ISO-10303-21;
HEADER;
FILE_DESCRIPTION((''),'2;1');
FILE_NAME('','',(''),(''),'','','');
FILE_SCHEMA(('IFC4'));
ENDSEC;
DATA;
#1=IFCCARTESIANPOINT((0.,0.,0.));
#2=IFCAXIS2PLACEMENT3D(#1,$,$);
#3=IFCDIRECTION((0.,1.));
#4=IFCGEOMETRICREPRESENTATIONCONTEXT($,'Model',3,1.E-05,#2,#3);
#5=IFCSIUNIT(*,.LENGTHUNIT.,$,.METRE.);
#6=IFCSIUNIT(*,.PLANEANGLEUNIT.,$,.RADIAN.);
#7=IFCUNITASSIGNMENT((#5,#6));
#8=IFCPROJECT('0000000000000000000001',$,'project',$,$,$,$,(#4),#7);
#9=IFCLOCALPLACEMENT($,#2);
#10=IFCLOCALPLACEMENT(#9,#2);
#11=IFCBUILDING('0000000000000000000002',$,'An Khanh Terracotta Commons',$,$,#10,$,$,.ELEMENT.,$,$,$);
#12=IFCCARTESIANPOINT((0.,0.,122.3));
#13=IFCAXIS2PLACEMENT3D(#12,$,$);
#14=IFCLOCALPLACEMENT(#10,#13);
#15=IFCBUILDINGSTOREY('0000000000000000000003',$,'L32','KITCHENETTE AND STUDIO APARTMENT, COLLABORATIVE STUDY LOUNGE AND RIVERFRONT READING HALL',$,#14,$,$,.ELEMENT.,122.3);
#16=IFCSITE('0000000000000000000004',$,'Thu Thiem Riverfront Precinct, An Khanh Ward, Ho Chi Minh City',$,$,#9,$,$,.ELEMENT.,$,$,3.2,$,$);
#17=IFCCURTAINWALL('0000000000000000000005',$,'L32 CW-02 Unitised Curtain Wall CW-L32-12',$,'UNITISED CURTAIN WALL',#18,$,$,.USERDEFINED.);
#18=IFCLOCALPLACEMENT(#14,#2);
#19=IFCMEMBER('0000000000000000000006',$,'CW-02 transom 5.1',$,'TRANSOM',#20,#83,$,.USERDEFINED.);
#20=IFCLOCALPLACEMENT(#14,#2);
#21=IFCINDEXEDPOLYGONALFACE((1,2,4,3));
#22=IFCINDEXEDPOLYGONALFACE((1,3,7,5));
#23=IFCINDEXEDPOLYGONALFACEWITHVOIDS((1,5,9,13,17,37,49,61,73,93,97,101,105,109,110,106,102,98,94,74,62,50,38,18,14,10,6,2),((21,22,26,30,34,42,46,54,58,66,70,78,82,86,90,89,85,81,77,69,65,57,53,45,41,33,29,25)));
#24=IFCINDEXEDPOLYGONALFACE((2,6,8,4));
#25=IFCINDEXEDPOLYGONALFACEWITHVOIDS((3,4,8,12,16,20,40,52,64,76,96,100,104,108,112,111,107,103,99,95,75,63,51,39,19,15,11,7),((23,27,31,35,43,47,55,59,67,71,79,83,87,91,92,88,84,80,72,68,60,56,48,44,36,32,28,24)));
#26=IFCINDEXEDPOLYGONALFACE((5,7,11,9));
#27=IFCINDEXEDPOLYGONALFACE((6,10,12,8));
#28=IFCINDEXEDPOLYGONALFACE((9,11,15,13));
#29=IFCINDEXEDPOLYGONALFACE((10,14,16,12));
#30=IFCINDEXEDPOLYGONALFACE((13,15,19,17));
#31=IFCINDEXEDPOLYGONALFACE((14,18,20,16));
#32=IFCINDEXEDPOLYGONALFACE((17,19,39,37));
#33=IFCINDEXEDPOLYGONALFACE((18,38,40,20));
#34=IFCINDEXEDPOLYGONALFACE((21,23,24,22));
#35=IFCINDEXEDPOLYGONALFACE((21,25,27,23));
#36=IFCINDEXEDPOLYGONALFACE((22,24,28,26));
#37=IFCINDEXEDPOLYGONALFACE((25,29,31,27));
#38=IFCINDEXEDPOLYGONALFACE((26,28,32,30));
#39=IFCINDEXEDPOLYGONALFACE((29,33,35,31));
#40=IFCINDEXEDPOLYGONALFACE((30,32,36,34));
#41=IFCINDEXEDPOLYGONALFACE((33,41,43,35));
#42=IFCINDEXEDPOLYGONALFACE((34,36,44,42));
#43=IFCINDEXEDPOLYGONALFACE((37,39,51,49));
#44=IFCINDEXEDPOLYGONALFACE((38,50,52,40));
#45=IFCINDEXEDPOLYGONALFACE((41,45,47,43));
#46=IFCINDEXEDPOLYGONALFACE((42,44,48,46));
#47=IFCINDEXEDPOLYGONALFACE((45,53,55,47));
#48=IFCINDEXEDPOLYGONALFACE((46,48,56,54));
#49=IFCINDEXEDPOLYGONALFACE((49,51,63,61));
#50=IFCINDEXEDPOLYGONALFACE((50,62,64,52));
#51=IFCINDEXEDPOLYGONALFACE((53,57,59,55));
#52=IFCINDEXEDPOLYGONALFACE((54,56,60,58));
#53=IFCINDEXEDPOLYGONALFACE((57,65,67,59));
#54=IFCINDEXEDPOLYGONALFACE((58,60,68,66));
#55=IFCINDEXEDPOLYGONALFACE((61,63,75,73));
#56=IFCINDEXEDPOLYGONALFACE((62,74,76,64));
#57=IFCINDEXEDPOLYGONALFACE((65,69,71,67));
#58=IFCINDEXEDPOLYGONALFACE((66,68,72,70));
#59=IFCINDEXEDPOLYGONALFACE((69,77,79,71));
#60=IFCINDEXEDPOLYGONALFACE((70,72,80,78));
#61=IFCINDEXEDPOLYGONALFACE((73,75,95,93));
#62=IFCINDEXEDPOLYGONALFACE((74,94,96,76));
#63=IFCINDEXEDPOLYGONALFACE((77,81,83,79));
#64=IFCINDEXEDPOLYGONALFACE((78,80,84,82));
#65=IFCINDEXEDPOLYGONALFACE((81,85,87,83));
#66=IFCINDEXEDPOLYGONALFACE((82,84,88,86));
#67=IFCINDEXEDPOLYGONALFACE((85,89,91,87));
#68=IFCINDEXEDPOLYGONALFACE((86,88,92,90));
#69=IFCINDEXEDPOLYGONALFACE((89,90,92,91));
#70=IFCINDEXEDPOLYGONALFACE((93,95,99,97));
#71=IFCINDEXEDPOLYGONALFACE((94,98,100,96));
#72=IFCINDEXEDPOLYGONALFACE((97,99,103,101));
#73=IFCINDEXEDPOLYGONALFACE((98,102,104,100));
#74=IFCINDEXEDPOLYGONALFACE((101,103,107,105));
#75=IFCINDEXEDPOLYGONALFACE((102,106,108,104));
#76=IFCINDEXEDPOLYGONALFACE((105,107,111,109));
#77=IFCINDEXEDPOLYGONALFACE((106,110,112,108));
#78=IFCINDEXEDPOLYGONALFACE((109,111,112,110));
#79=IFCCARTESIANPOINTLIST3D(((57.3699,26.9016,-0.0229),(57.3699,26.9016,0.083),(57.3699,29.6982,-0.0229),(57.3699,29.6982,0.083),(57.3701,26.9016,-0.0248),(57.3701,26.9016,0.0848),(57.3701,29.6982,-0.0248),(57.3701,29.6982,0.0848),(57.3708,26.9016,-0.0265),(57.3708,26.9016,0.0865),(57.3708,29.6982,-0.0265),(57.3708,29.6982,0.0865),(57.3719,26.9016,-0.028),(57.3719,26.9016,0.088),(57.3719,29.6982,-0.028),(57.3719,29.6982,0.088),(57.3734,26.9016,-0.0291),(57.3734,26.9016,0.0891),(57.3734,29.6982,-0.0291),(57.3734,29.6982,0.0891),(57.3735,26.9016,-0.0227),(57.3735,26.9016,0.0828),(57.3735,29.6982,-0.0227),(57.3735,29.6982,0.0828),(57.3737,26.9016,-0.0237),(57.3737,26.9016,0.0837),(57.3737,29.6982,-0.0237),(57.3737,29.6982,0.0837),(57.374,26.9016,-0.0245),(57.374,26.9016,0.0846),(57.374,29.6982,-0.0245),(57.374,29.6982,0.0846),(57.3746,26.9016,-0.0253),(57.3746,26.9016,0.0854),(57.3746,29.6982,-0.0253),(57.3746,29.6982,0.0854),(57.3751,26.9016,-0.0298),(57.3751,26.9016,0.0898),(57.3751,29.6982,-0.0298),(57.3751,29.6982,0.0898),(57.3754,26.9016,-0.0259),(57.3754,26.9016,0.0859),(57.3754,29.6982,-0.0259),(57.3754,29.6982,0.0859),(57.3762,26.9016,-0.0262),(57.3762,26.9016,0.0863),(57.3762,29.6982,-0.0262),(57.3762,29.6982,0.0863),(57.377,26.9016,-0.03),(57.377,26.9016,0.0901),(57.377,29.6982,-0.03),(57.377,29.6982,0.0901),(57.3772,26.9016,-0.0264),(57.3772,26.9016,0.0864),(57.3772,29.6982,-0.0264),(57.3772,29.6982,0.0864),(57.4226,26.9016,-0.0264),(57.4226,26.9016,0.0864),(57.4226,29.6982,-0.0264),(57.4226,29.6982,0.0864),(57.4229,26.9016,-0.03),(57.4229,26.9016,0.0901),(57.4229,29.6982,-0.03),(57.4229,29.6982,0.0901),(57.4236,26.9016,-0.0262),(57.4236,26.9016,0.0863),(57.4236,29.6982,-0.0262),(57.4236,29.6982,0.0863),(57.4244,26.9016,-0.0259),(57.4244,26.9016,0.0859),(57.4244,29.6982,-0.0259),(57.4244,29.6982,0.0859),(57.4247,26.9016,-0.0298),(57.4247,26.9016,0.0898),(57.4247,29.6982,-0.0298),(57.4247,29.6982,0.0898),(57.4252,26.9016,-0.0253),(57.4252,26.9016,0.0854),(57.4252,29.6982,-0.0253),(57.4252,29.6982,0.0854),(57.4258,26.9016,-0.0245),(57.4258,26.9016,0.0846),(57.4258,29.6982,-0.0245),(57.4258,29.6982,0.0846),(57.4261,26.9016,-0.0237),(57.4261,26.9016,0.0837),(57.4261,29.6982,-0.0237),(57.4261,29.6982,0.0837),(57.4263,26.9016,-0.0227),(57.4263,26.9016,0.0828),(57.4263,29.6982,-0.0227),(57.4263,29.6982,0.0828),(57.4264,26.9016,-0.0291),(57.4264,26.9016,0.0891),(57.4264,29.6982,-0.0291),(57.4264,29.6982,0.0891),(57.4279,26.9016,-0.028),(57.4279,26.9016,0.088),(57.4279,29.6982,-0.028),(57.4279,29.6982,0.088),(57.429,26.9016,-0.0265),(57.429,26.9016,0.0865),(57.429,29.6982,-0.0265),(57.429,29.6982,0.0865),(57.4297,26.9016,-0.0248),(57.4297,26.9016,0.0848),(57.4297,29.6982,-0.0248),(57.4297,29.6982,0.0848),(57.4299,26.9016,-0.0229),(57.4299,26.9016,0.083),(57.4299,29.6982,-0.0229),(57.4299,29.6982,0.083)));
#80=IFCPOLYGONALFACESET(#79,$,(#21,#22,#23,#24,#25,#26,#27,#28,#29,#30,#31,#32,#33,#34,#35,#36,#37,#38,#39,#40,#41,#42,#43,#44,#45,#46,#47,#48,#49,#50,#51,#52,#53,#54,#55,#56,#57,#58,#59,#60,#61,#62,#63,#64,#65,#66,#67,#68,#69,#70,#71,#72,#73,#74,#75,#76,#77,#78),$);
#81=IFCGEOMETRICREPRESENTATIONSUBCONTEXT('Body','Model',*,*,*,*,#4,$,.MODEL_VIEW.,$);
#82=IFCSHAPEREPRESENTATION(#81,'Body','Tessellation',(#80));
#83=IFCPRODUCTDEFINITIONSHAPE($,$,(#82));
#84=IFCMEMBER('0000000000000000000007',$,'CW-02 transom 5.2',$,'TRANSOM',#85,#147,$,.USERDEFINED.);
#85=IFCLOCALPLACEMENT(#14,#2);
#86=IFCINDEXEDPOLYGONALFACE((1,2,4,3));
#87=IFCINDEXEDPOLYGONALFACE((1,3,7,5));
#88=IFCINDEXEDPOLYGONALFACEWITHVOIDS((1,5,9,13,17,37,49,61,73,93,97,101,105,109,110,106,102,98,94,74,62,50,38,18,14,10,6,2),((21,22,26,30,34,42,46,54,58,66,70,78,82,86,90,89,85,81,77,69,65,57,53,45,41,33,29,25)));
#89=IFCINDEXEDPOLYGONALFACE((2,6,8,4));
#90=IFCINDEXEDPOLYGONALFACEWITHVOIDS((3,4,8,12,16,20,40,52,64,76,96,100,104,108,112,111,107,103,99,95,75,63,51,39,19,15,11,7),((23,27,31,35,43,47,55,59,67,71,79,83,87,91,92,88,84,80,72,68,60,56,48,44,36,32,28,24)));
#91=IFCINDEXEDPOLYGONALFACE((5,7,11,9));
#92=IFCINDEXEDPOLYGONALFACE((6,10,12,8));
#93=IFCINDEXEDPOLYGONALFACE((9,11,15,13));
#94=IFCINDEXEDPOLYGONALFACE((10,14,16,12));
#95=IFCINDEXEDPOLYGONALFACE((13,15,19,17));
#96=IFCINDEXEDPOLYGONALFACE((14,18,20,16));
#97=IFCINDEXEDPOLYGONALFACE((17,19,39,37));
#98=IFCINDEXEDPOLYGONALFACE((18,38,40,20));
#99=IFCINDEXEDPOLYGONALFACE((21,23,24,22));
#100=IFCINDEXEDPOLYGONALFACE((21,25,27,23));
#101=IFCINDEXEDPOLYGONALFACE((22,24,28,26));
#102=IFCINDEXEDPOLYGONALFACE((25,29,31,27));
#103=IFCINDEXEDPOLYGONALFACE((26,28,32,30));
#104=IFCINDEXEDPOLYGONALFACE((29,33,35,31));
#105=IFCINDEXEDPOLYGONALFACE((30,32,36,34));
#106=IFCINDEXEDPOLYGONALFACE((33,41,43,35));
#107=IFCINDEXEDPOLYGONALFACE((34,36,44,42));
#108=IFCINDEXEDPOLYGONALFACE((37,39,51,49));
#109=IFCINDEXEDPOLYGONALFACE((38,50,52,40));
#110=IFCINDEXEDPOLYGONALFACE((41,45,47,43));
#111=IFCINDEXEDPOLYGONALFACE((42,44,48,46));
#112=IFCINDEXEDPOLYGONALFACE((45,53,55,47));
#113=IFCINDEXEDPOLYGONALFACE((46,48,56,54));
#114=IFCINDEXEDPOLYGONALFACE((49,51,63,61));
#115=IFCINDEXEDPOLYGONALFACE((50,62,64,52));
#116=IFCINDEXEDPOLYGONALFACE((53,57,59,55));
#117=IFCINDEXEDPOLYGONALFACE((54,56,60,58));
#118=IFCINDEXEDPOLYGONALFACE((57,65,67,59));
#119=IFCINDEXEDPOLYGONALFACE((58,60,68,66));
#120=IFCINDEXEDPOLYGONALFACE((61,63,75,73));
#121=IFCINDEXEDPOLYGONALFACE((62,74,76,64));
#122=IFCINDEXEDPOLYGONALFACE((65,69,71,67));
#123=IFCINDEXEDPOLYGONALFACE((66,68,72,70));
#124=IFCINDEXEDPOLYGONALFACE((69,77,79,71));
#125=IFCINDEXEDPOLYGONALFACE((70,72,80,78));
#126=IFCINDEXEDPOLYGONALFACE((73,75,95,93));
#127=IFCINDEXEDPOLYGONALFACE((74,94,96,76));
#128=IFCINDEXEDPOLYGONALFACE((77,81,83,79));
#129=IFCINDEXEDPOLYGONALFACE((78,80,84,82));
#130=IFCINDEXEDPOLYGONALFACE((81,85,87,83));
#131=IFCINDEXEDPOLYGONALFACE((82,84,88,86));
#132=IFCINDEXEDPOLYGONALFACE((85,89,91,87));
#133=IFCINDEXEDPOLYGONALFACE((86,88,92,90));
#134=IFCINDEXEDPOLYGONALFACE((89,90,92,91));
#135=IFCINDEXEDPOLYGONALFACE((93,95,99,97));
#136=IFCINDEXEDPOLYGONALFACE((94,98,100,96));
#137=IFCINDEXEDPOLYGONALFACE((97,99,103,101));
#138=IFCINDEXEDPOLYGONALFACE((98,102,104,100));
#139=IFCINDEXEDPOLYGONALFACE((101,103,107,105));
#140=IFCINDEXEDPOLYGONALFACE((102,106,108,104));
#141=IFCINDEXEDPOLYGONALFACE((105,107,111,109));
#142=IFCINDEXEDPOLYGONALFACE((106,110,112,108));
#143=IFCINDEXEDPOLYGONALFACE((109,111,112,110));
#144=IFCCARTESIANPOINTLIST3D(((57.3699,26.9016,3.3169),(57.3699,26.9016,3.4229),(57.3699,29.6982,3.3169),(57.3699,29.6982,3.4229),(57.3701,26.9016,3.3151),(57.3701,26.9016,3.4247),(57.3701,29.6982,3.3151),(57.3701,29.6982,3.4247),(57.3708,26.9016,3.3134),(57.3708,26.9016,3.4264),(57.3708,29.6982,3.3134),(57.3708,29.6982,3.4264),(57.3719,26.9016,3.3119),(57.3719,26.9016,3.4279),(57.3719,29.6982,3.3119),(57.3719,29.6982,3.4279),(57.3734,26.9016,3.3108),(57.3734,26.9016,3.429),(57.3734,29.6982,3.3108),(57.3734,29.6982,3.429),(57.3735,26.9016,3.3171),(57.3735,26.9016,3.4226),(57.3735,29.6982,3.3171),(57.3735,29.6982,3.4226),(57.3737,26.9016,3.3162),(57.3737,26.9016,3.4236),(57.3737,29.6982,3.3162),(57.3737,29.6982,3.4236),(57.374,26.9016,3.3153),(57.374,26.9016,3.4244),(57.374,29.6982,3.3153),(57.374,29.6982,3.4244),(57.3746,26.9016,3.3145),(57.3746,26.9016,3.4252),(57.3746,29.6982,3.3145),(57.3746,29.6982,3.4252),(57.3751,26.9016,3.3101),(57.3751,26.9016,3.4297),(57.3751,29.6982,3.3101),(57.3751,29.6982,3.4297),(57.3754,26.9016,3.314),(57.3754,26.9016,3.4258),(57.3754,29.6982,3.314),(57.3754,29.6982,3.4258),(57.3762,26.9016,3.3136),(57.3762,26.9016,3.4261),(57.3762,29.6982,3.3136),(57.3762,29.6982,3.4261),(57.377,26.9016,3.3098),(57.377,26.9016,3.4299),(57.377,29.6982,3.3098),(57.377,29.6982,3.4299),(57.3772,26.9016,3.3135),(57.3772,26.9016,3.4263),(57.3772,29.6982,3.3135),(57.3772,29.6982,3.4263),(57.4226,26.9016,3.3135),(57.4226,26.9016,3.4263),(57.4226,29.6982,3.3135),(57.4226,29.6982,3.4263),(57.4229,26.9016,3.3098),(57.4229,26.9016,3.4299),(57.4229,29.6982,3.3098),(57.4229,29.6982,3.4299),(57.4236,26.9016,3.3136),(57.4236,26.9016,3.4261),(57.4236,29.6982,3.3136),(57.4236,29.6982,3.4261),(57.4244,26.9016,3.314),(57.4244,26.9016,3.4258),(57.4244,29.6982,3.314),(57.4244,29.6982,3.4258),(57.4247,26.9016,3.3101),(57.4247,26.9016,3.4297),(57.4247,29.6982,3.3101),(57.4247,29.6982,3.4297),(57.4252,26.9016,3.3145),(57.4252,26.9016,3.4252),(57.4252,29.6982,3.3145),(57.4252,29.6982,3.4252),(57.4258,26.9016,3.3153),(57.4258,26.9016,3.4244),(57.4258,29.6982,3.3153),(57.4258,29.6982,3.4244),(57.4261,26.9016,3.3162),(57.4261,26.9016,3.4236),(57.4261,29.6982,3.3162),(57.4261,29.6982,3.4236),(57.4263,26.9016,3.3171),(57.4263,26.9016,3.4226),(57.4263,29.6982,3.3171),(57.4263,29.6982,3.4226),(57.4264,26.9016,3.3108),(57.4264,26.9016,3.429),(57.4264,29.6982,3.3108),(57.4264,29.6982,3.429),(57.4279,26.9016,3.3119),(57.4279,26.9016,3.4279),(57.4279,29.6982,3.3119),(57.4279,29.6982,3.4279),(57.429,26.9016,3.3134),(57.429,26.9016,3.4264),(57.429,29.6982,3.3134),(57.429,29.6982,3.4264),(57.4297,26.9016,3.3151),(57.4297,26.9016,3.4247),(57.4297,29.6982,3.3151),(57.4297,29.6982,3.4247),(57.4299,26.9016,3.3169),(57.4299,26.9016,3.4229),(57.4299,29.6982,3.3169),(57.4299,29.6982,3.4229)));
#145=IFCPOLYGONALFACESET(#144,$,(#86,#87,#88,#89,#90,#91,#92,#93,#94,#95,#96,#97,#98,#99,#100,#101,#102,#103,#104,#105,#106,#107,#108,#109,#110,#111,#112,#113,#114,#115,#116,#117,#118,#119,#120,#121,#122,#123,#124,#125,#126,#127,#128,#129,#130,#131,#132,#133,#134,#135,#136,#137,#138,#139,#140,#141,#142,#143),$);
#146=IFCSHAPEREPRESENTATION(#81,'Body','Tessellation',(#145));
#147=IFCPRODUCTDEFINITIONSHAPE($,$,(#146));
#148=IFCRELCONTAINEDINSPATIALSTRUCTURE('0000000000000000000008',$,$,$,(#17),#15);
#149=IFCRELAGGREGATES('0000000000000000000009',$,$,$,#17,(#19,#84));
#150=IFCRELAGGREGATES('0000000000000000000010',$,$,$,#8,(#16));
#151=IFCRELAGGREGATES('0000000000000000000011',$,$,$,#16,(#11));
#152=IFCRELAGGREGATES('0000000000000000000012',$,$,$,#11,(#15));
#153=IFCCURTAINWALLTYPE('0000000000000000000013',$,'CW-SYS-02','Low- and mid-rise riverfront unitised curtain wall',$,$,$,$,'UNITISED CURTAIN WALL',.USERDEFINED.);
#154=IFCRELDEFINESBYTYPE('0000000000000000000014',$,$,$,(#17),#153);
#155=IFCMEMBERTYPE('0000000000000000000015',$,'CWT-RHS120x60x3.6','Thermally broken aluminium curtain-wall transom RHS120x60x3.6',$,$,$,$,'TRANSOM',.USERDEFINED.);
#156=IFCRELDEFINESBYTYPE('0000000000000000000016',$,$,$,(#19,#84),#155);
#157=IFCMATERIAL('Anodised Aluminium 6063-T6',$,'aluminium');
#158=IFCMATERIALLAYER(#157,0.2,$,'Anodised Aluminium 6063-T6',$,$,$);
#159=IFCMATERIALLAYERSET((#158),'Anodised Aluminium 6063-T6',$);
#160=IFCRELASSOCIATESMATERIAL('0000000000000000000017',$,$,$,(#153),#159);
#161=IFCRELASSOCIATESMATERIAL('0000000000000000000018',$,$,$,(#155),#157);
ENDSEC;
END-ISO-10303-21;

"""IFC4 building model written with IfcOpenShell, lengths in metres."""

from ifc_helpers import new_model, si_unit, direction, frame, origin, origin_2d, place, context, subcontext, project, spatial, hollow_rectangle, extrude, material, layer, layer_set, material_profile, profile_set, type_object, element, aggregate, save


model = new_model("IFC4")

# Units and contexts
model_context = context("Model", 3, precision=1e-05, world=origin(), true_north=direction((0.0, 1.0)))
body_context = subcontext(model_context, "Body", "Model", "MODEL_VIEW")
ifc_project = project(units=[si_unit("LENGTHUNIT", "METRE"), si_unit("PLANEANGLEUNIT", "RADIAN")], contexts=[model_context])

# Site, building, storey
site_placement = place(None, origin())
site = spatial("IfcSite", under=ifc_project, at=site_placement, Name="Thu Thiem Riverfront Precinct, An Khanh Ward, Ho Chi Minh City", CompositionType="ELEMENT", RefElevation=3.2)
building_placement = place(site_placement, origin())
building = spatial("IfcBuilding", under=site, at=building_placement, Name="An Khanh Terracotta Commons", CompositionType="ELEMENT")
storey_placement = place(building_placement, frame((0.0, 0.0, 122.3)))
storey = spatial("IfcBuildingStorey", under=building, at=storey_placement, Name="L32", Description="KITCHENETTE AND STUDIO APARTMENT, COLLABORATIVE STUDY LOUNGE AND RIVERFRONT READING HALL", CompositionType="ELEMENT", Elevation=122.3)

# Curtain wall
ifc_material_1 = material(Name="Anodised Aluminium 6063-T6", Category="aluminium")
ifc_layer_1 = layer(ifc_material_1, 0.2, Name="Anodised Aluminium 6063-T6")
ifc_layer_set_1 = layer_set([ifc_layer_1], Name="Anodised Aluminium 6063-T6")
curtain_wall_type = type_object("IfcCurtainWallType", Name="CW-SYS-02", Description="Low- and mid-rise riverfront unitised curtain wall", ElementType="UNITISED CURTAIN WALL", PredefinedType="USERDEFINED", material=ifc_layer_set_1)
curtain_wall_1_placement = place(storey_placement, origin())
curtain_wall_1 = element("IfcCurtainWall", 1, at=curtain_wall_1_placement, inside=storey, type_object=curtain_wall_type, Name="L32 CW-02 Unitised Curtain Wall CW-L32-12", ObjectType="UNITISED CURTAIN WALL", PredefinedType="USERDEFINED")

# Members
ifc_material_profile_1 = material_profile(ifc_material_1, hollow_rectangle(XDim=0.0601, YDim=0.1201, WallThickness=0.0037, InnerFilletRadius=0.0037, OuterFilletRadius=0.0071, at=origin_2d()), Name="RHS120x60x3.6")
ifc_profile_set_1 = profile_set([ifc_material_profile_1], Name="Anodised Aluminium 6063-T6")
member_type_1 = type_object("IfcMemberType", Name="CWT-RHS120x60x3.6", Description="Thermally broken aluminium curtain-wall transom RHS120x60x3.6", ElementType="TRANSOM", PredefinedType="USERDEFINED", material=ifc_profile_set_1)
member_1_placement = place(storey_placement, frame((57.3999, 26.9016, 0.03), z_axis=(0.0, 1.0, 0.0), x_axis=(-1.0, 0.0, 0.0)))
member_1 = element("IfcMember", 2, at=member_1_placement, type_object=member_type_1, Name="CW-02 transom 5.1", ObjectType="TRANSOM", PredefinedType="USERDEFINED", context=body_context, shape_type="SweptSolid", body=[
    extrude(hollow_rectangle(XDim=0.0601, YDim=0.1201, WallThickness=0.0037, InnerFilletRadius=0.0037, OuterFilletRadius=0.0071, at=origin_2d()), origin(), (0.0, 0.0, 1.0), 2.7966),
])
member_2_placement = place(storey_placement, frame((57.3999, 26.9016, 3.3699), z_axis=(0.0, 1.0, 0.0), x_axis=(-1.0, 0.0, 0.0)))
member_2 = element("IfcMember", 3, at=member_2_placement, type_object=member_type_1, Name="CW-02 transom 5.2", ObjectType="TRANSOM", PredefinedType="USERDEFINED", context=body_context, shape_type="SweptSolid", body=[
    extrude(hollow_rectangle(XDim=0.0601, YDim=0.1201, WallThickness=0.0037, InnerFilletRadius=0.0037, OuterFilletRadius=0.0071, at=origin_2d()), origin(), (0.0, 0.0, 1.0), 2.7966),
])

aggregate(curtain_wall_1, [member_1, member_2])

save(model, "model.ifc")
